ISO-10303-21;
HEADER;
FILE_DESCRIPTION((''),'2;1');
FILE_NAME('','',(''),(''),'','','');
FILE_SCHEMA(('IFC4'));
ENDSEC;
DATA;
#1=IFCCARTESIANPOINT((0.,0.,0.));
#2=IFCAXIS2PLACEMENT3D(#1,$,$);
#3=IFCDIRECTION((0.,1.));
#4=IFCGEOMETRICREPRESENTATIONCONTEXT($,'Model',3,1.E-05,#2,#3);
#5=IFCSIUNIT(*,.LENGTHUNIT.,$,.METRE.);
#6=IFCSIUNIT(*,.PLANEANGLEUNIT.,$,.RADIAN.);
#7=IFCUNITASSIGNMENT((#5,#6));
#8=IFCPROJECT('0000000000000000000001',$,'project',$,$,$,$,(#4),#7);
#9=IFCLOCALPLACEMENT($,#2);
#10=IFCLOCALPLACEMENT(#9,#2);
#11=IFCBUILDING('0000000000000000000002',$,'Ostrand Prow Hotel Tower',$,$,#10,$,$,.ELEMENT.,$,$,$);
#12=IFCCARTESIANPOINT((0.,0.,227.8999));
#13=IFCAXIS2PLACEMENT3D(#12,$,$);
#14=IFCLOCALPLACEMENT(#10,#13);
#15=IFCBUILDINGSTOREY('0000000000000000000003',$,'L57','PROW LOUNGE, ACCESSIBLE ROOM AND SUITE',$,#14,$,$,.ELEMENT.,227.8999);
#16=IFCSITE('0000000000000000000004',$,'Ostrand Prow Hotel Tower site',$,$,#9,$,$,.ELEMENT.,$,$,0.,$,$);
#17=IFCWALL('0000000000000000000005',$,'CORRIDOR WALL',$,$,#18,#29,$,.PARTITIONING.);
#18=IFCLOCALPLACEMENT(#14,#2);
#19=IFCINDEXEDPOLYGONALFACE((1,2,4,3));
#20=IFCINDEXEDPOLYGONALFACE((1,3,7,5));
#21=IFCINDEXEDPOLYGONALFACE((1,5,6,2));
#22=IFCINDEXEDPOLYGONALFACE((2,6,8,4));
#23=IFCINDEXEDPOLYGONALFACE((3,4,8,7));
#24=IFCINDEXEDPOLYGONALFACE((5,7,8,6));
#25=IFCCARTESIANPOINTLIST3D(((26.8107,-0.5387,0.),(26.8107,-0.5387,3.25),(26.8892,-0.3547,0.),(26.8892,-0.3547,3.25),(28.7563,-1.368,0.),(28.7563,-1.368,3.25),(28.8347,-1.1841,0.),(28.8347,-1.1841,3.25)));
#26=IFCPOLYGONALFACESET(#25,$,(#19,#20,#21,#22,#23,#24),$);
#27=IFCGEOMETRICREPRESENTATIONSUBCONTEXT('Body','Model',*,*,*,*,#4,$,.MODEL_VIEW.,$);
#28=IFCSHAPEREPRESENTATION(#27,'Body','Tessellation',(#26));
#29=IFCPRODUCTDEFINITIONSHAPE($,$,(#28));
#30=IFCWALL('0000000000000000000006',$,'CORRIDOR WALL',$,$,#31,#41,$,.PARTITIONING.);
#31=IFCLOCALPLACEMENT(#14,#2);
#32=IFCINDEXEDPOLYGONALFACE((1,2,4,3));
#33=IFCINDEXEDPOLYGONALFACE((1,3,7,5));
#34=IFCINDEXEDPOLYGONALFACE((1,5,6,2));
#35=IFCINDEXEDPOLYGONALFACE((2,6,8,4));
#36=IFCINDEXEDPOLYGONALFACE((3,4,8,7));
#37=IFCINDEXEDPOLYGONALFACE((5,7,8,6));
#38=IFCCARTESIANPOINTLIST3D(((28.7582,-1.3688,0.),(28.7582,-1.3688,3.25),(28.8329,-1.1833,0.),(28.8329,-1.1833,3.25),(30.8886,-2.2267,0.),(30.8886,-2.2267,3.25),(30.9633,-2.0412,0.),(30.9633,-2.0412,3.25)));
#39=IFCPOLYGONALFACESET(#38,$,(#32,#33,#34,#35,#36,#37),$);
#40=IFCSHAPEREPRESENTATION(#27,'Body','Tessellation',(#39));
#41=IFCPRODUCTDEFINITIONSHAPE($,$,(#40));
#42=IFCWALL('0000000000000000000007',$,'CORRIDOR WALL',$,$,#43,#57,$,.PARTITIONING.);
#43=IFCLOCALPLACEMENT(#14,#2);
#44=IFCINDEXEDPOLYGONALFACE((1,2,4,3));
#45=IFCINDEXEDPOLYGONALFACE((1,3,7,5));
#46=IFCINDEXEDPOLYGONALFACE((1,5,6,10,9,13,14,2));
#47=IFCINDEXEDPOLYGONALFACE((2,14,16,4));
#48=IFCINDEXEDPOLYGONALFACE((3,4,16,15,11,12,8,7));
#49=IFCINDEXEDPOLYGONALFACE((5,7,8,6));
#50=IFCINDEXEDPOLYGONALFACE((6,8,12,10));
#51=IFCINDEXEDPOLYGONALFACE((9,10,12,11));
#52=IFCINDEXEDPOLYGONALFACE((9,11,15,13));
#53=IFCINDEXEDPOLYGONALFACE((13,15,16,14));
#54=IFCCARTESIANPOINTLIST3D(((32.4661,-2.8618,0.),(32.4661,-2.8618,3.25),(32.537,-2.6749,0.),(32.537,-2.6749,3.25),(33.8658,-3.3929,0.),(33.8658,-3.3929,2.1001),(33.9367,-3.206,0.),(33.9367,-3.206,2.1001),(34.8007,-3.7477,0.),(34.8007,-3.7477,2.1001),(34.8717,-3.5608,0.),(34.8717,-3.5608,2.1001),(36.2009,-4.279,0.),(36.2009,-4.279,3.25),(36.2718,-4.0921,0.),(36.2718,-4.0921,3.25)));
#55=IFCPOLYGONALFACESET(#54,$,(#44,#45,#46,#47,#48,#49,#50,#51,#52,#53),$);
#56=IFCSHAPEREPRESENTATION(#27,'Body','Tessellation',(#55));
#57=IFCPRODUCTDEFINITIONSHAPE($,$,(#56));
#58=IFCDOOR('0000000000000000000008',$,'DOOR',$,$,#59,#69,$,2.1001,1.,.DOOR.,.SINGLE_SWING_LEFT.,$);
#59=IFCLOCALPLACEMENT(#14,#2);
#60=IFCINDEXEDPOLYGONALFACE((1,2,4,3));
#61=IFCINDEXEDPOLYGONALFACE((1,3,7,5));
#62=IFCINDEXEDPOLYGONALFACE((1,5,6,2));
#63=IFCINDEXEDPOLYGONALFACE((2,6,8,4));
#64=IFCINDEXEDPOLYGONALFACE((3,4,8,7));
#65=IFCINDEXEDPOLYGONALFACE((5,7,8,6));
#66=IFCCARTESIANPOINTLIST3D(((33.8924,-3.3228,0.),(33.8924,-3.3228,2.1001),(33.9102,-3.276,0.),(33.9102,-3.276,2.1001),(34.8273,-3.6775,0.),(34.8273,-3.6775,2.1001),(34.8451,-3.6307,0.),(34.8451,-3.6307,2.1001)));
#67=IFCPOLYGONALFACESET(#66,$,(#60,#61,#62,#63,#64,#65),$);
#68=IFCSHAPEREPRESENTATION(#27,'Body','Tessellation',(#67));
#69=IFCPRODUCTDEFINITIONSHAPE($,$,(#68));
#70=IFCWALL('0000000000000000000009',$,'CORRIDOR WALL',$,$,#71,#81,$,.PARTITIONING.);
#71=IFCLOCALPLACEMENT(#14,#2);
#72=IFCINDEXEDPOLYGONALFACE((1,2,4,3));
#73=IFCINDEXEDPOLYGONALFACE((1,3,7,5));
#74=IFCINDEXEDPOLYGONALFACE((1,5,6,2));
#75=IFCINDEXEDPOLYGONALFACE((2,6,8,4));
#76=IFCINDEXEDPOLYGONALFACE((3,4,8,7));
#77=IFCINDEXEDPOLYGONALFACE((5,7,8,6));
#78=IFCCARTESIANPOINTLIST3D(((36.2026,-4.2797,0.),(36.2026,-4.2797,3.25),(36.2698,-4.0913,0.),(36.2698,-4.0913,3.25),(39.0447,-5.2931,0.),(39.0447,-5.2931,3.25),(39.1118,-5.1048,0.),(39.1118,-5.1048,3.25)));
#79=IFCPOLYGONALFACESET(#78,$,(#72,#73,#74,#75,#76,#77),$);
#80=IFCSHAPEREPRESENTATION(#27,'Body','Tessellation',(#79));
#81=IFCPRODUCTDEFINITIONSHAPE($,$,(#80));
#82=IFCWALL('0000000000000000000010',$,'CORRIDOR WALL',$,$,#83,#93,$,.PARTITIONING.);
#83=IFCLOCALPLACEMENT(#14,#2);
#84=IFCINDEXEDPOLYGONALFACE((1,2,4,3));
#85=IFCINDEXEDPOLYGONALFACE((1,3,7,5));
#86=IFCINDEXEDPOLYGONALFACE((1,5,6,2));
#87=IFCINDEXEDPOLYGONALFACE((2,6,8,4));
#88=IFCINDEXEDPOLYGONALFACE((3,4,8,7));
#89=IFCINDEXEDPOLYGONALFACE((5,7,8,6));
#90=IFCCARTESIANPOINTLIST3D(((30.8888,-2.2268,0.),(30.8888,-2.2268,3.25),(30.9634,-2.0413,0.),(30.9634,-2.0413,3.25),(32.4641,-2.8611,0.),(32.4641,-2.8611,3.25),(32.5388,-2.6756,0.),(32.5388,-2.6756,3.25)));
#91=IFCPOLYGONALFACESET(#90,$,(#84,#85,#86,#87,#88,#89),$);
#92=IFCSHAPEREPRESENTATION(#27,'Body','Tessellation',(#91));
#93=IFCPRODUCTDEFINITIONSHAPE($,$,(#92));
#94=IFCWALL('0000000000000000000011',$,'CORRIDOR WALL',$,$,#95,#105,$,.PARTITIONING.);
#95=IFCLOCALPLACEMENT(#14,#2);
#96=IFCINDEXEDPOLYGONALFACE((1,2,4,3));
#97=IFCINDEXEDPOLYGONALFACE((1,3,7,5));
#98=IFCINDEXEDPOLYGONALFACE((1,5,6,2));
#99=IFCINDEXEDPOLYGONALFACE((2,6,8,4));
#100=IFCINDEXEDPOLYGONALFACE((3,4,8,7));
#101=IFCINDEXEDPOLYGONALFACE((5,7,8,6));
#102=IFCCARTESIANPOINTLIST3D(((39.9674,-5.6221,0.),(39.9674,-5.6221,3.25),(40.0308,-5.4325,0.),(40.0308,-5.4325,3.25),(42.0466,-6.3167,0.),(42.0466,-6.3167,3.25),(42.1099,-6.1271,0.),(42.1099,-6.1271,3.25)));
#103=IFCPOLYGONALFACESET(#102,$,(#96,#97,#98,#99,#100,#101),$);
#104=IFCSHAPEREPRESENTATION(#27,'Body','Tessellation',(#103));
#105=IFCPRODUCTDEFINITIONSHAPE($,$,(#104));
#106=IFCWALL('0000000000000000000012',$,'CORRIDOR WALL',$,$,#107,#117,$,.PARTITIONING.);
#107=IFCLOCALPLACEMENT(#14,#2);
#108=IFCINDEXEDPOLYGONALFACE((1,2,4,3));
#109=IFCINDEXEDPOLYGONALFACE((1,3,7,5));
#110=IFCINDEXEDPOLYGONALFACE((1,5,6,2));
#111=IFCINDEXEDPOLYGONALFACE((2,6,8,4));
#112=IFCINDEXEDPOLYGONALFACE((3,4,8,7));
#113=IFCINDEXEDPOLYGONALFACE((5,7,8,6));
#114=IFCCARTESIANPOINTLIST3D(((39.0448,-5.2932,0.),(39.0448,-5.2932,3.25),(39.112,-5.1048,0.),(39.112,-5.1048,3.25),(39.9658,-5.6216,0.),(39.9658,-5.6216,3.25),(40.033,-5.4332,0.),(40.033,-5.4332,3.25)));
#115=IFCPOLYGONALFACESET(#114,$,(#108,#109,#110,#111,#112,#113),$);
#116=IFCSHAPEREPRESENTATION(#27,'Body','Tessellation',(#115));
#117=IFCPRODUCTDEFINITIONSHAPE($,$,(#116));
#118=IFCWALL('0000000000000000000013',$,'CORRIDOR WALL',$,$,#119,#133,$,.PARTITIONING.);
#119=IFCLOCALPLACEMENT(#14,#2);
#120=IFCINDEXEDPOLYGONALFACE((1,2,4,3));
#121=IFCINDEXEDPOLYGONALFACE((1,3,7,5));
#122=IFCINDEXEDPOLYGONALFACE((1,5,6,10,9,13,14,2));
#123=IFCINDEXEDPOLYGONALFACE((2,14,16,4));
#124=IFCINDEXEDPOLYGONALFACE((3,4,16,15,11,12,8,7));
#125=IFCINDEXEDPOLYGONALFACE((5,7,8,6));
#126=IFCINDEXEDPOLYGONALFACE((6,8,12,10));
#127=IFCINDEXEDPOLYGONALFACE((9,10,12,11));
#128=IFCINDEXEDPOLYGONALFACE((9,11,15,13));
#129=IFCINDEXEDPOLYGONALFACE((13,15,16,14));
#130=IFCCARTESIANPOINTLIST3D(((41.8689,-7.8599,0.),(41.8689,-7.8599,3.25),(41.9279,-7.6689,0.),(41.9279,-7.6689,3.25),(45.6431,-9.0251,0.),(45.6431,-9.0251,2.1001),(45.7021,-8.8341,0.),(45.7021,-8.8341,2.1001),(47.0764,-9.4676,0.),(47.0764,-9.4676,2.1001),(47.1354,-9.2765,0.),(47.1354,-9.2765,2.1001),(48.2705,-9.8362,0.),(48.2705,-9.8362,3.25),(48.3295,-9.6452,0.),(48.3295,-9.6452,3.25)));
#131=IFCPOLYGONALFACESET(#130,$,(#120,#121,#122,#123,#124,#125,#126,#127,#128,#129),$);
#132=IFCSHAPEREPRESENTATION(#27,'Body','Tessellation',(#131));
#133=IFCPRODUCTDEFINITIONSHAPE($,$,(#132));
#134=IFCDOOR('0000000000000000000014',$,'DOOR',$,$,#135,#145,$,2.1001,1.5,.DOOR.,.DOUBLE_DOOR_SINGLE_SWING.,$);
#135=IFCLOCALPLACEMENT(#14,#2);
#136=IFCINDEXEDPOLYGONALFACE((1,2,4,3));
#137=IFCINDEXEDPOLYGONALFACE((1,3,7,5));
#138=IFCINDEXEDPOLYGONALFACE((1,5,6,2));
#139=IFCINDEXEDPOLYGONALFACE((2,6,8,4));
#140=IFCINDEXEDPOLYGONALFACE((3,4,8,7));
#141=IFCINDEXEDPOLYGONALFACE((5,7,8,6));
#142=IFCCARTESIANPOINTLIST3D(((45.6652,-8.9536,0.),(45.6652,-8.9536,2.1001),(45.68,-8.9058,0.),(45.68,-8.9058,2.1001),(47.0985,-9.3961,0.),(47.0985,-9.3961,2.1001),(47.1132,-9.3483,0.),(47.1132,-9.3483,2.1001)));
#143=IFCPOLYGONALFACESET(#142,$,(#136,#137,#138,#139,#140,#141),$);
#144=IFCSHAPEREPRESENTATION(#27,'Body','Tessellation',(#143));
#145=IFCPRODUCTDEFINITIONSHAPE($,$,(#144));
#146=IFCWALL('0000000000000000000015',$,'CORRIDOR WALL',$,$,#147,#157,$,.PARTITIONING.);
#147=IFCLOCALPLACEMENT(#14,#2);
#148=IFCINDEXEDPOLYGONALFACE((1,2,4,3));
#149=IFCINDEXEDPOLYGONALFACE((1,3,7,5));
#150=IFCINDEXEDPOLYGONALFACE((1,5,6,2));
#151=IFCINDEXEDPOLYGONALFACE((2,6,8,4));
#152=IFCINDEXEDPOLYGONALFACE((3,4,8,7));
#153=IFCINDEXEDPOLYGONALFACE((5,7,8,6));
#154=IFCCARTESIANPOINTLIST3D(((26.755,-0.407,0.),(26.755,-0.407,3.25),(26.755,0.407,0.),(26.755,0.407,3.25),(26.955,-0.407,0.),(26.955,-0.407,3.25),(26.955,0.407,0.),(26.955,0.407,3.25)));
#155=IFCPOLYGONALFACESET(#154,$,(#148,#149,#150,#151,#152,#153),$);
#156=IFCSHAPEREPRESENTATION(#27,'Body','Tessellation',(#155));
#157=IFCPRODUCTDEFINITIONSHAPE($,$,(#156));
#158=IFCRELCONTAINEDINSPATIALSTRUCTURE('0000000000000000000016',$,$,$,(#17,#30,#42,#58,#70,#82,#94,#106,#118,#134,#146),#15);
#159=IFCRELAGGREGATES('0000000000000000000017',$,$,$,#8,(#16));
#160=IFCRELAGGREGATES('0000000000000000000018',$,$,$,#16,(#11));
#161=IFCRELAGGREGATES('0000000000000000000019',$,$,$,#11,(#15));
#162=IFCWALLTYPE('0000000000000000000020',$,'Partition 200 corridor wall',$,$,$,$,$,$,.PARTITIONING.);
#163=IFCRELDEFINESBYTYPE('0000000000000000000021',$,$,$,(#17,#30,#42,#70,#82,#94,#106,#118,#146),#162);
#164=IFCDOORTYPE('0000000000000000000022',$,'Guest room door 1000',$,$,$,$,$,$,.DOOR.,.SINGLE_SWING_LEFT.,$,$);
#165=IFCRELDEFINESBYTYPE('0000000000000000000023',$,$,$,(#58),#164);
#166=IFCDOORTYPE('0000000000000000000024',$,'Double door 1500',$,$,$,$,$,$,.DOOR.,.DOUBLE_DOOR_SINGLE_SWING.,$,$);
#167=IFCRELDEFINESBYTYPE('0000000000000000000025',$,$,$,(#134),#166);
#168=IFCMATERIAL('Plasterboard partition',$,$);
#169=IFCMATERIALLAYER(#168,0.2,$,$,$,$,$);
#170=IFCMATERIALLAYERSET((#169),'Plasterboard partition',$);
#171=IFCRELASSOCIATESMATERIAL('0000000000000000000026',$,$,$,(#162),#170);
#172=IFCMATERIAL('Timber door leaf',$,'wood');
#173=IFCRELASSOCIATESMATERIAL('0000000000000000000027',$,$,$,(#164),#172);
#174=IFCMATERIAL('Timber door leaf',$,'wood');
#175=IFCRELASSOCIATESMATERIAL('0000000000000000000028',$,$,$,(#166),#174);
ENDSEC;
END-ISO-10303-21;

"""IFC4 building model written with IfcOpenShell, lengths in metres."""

from ifc_helpers import new_model, si_unit, direction, frame, frame_2d, origin, place, context, subcontext, project, spatial, rectangle, extrude, material, layer, layer_set, type_object, element, fill, save


model = new_model("IFC4")

# Units and contexts
model_context = context("Model", 3, precision=1e-05, world=origin(), true_north=direction((0.0, 1.0)))
body_context = subcontext(model_context, "Body", "Model", "MODEL_VIEW")
ifc_project = project(units=[si_unit("LENGTHUNIT", "METRE"), si_unit("PLANEANGLEUNIT", "RADIAN")], contexts=[model_context])

# Site, building, storey
site_placement = place(None, origin())
site = spatial("IfcSite", under=ifc_project, at=site_placement, Name="Ostrand Prow Hotel Tower site", CompositionType="ELEMENT", RefElevation=0.0)
building_placement = place(site_placement, origin())
building = spatial("IfcBuilding", under=site, at=building_placement, Name="Ostrand Prow Hotel Tower", CompositionType="ELEMENT")
storey_placement = place(building_placement, frame((0.0, 0.0, 227.8999)))
storey = spatial("IfcBuildingStorey", under=building, at=storey_placement, Name="L57", Description="PROW LOUNGE, ACCESSIBLE ROOM AND SUITE", CompositionType="ELEMENT", Elevation=227.8999)

# Shared definitions
ifc_material_1 = material(Name="Plasterboard partition")
ifc_layer_1 = layer(ifc_material_1, 0.2)
ifc_layer_set_1 = layer_set([ifc_layer_1], Name="Plasterboard partition")
wall_type_1 = type_object("IfcWallType", Name="Partition 200 corridor wall", PredefinedType="PARTITIONING", material=ifc_layer_set_1)
ifc_material_2 = material(Name="Timber door leaf", Category="wood")
door_type_1 = type_object("IfcDoorType", Name="Guest room door 1000", OperationType="SINGLE_SWING_LEFT", PredefinedType="DOOR", material=ifc_material_2)

# Walls
wall_1_placement = place(storey_placement, frame((28.7957, -1.2761, 0.0), z_axis=(0.0, 0.0, 1.0), x_axis=(-0.919908, 0.392135, 0.0)))
element("IfcWall", 1, at=wall_1_placement, inside=storey, type_object=wall_type_1, Name="CORRIDOR WALL", PredefinedType="PARTITIONING", context=body_context, shape_type="SweptSolid", body=[
    extrude(rectangle(XDim=2.115, YDim=0.2, at=frame_2d((1.0576, 0.0))), origin(), (0.0, 0.0, 1.0), 3.25),
])
wall_2_placement = place(storey_placement, frame((30.926, -2.134, 0.0), z_axis=(0.0, 0.0, 1.0), x_axis=(-0.927609, 0.373552, 0.0)))
element("IfcWall", 2, at=wall_2_placement, inside=storey, type_object=wall_type_1, Name="CORRIDOR WALL", PredefinedType="PARTITIONING", context=body_context, shape_type="SweptSolid", body=[
    extrude(rectangle(XDim=2.2966, YDim=0.2, at=frame_2d((1.1484, 0.0))), origin(), (0.0, 0.0, 1.0), 3.25),
])

# Wall, opening, door
wall_3_placement = place(storey_placement, frame((36.2363, -4.1855, 0.0), z_axis=(0.0, 0.0, 1.0), x_axis=(-0.934951, 0.354778, 0.0)))
wall_3 = element("IfcWall", 3, at=wall_3_placement, inside=storey, type_object=wall_type_1, Name="CORRIDOR WALL", PredefinedType="PARTITIONING", context=body_context, shape_type="SweptSolid", body=[
    extrude(rectangle(XDim=3.9946, YDim=0.2, at=frame_2d((1.9973, 0.0))), origin(), (0.0, 0.0, 1.0), 3.25),
])
opening_1_placement = place(wall_3_placement, frame((1.4976, 0.0, 0.0)))
opening_1 = element("IfcOpeningElement", 4, at=opening_1_placement, cuts=wall_3, PredefinedType="OPENING", context=body_context, shape_type="SweptSolid", body=[
    extrude(rectangle(XDim=1.0, YDim=2.1001, at=frame_2d((0.5, 1.05))), frame((0.0, 0.1099, 0.0), z_axis=(0.0, -1.0, 0.0), x_axis=(1.0, 0.0, 0.0)), (0.0, 0.0, 1.0), 0.22),
])
door_1_placement = place(opening_1_placement, origin())
door_1 = element("IfcDoor", 5, at=door_1_placement, inside=storey, type_object=door_type_1, Name="DOOR", OperationType="SINGLE_SWING_LEFT", OverallHeight=2.1001, OverallWidth=1.0, PredefinedType="DOOR", context=body_context, shape_type="SweptSolid", body=[
    extrude(rectangle(XDim=1.0, YDim=2.1001, at=frame_2d((0.5, 1.05))), frame((0.0, 0.0249, 0.0), z_axis=(0.0, -1.0, 0.0), x_axis=(1.0, 0.0, 0.0)), (0.0, 0.0, 1.0), 0.05),
])
fill(opening_1, door_1)

# Walls
wall_4_placement = place(storey_placement, frame((39.0784, -5.199, 0.0), z_axis=(0.0, 0.0, 1.0), x_axis=(-0.941908, 0.33587, 0.0)))
element("IfcWall", 6, at=wall_4_placement, inside=storey, type_object=wall_type_1, Name="CORRIDOR WALL", PredefinedType="PARTITIONING", context=body_context, shape_type="SweptSolid", body=[
    extrude(rectangle(XDim=3.0173, YDim=0.2, at=frame_2d((1.5088, 0.0))), origin(), (0.0, 0.0, 1.0), 3.25),
])
wall_5_placement = place(storey_placement, frame((32.5015, -2.7683, 0.0), z_axis=(0.0, 0.0, 1.0), x_axis=(-0.927642, 0.373472, 0.0)))
element("IfcWall", 7, at=wall_5_placement, inside=storey, type_object=wall_type_1, Name="CORRIDOR WALL", PredefinedType="PARTITIONING", context=body_context, shape_type="SweptSolid", body=[
    extrude(rectangle(XDim=1.6982, YDim=0.2, at=frame_2d((0.8491, 0.0))), origin(), (0.0, 0.0, 1.0), 3.25),
])
wall_6_placement = place(storey_placement, frame((42.0784, -6.2219, 0.0), z_axis=(0.0, 0.0, 1.0), x_axis=(-0.948471, 0.316863, 0.0)))
element("IfcWall", 8, at=wall_6_placement, inside=storey, type_object=wall_type_1, Name="CORRIDOR WALL", PredefinedType="PARTITIONING", context=body_context, shape_type="SweptSolid", body=[
    extrude(rectangle(XDim=2.1921, YDim=0.2, at=frame_2d((1.0962, 0.0))), origin(), (0.0, 0.0, 1.0), 3.25),
])
wall_7_placement = place(storey_placement, frame((39.9993, -5.5273, 0.0), z_axis=(0.0, 0.0, 1.0), x_axis=(-0.941911, 0.335862, 0.0)))
element("IfcWall", 9, at=wall_7_placement, inside=storey, type_object=wall_type_1, Name="CORRIDOR WALL", PredefinedType="PARTITIONING", context=body_context, shape_type="SweptSolid", body=[
    extrude(rectangle(XDim=0.9778, YDim=0.2, at=frame_2d((0.4888, 0.0))), origin(), (0.0, 0.0, 1.0), 3.25),
])

# Wall, opening, door
wall_8_placement = place(storey_placement, frame((41.8984, -7.7644, 0.0), z_axis=(0.0, 0.0, 1.0), x_axis=(0.955502, -0.294985, 0.0)))
wall_8 = element("IfcWall", 10, at=wall_8_placement, inside=storey, type_object=wall_type_1, Name="CORRIDOR WALL", PredefinedType="PARTITIONING", context=body_context, shape_type="SweptSolid", body=[
    extrude(rectangle(XDim=6.6997, YDim=0.2, at=frame_2d((3.3499, 0.0))), origin(), (0.0, 0.0, 1.0), 3.25),
])
opening_2_placement = place(wall_8_placement, frame((3.95, 0.0, 0.0)))
opening_2 = element("IfcOpeningElement", 11, at=opening_2_placement, cuts=wall_8, PredefinedType="OPENING", context=body_context, shape_type="SweptSolid", body=[
    extrude(rectangle(XDim=1.5, YDim=2.1001, at=frame_2d((0.75, 1.05))), frame((0.0, 0.1099, 0.0), z_axis=(0.0, -1.0, 0.0), x_axis=(1.0, 0.0, 0.0)), (0.0, 0.0, 1.0), 0.22),
])
ifc_material_3 = material(Name="Timber door leaf", Category="wood")
door_type_2 = type_object("IfcDoorType", Name="Double door 1500", OperationType="DOUBLE_DOOR_SINGLE_SWING", PredefinedType="DOOR", material=ifc_material_3)
door_2_placement = place(opening_2_placement, origin())
door_2 = element("IfcDoor", 12, at=door_2_placement, inside=storey, type_object=door_type_2, Name="DOOR", OperationType="DOUBLE_DOOR_SINGLE_SWING", OverallHeight=2.1001, OverallWidth=1.5, PredefinedType="DOOR", context=body_context, shape_type="SweptSolid", body=[
    extrude(rectangle(XDim=1.5, YDim=2.1001, at=frame_2d((0.75, 1.05))), frame((0.0, 0.0249, 0.0), z_axis=(0.0, -1.0, 0.0), x_axis=(1.0, 0.0, 0.0)), (0.0, 0.0, 1.0), 0.05),
])
fill(opening_2, door_2)

# Wall
wall_9_placement = place(storey_placement, frame((26.855, -0.407, 0.0), z_axis=(0.0, 0.0, 1.0), x_axis=(0.0, 1.0, 0.0)))
element("IfcWall", 13, at=wall_9_placement, inside=storey, type_object=wall_type_1, Name="CORRIDOR WALL", PredefinedType="PARTITIONING", context=body_context, shape_type="SweptSolid", body=[
    extrude(rectangle(XDim=0.814, YDim=0.2, at=frame_2d((0.407, 0.0))), origin(), (0.0, 0.0, 1.0), 3.25),
])

save(model, "model.ifc")
